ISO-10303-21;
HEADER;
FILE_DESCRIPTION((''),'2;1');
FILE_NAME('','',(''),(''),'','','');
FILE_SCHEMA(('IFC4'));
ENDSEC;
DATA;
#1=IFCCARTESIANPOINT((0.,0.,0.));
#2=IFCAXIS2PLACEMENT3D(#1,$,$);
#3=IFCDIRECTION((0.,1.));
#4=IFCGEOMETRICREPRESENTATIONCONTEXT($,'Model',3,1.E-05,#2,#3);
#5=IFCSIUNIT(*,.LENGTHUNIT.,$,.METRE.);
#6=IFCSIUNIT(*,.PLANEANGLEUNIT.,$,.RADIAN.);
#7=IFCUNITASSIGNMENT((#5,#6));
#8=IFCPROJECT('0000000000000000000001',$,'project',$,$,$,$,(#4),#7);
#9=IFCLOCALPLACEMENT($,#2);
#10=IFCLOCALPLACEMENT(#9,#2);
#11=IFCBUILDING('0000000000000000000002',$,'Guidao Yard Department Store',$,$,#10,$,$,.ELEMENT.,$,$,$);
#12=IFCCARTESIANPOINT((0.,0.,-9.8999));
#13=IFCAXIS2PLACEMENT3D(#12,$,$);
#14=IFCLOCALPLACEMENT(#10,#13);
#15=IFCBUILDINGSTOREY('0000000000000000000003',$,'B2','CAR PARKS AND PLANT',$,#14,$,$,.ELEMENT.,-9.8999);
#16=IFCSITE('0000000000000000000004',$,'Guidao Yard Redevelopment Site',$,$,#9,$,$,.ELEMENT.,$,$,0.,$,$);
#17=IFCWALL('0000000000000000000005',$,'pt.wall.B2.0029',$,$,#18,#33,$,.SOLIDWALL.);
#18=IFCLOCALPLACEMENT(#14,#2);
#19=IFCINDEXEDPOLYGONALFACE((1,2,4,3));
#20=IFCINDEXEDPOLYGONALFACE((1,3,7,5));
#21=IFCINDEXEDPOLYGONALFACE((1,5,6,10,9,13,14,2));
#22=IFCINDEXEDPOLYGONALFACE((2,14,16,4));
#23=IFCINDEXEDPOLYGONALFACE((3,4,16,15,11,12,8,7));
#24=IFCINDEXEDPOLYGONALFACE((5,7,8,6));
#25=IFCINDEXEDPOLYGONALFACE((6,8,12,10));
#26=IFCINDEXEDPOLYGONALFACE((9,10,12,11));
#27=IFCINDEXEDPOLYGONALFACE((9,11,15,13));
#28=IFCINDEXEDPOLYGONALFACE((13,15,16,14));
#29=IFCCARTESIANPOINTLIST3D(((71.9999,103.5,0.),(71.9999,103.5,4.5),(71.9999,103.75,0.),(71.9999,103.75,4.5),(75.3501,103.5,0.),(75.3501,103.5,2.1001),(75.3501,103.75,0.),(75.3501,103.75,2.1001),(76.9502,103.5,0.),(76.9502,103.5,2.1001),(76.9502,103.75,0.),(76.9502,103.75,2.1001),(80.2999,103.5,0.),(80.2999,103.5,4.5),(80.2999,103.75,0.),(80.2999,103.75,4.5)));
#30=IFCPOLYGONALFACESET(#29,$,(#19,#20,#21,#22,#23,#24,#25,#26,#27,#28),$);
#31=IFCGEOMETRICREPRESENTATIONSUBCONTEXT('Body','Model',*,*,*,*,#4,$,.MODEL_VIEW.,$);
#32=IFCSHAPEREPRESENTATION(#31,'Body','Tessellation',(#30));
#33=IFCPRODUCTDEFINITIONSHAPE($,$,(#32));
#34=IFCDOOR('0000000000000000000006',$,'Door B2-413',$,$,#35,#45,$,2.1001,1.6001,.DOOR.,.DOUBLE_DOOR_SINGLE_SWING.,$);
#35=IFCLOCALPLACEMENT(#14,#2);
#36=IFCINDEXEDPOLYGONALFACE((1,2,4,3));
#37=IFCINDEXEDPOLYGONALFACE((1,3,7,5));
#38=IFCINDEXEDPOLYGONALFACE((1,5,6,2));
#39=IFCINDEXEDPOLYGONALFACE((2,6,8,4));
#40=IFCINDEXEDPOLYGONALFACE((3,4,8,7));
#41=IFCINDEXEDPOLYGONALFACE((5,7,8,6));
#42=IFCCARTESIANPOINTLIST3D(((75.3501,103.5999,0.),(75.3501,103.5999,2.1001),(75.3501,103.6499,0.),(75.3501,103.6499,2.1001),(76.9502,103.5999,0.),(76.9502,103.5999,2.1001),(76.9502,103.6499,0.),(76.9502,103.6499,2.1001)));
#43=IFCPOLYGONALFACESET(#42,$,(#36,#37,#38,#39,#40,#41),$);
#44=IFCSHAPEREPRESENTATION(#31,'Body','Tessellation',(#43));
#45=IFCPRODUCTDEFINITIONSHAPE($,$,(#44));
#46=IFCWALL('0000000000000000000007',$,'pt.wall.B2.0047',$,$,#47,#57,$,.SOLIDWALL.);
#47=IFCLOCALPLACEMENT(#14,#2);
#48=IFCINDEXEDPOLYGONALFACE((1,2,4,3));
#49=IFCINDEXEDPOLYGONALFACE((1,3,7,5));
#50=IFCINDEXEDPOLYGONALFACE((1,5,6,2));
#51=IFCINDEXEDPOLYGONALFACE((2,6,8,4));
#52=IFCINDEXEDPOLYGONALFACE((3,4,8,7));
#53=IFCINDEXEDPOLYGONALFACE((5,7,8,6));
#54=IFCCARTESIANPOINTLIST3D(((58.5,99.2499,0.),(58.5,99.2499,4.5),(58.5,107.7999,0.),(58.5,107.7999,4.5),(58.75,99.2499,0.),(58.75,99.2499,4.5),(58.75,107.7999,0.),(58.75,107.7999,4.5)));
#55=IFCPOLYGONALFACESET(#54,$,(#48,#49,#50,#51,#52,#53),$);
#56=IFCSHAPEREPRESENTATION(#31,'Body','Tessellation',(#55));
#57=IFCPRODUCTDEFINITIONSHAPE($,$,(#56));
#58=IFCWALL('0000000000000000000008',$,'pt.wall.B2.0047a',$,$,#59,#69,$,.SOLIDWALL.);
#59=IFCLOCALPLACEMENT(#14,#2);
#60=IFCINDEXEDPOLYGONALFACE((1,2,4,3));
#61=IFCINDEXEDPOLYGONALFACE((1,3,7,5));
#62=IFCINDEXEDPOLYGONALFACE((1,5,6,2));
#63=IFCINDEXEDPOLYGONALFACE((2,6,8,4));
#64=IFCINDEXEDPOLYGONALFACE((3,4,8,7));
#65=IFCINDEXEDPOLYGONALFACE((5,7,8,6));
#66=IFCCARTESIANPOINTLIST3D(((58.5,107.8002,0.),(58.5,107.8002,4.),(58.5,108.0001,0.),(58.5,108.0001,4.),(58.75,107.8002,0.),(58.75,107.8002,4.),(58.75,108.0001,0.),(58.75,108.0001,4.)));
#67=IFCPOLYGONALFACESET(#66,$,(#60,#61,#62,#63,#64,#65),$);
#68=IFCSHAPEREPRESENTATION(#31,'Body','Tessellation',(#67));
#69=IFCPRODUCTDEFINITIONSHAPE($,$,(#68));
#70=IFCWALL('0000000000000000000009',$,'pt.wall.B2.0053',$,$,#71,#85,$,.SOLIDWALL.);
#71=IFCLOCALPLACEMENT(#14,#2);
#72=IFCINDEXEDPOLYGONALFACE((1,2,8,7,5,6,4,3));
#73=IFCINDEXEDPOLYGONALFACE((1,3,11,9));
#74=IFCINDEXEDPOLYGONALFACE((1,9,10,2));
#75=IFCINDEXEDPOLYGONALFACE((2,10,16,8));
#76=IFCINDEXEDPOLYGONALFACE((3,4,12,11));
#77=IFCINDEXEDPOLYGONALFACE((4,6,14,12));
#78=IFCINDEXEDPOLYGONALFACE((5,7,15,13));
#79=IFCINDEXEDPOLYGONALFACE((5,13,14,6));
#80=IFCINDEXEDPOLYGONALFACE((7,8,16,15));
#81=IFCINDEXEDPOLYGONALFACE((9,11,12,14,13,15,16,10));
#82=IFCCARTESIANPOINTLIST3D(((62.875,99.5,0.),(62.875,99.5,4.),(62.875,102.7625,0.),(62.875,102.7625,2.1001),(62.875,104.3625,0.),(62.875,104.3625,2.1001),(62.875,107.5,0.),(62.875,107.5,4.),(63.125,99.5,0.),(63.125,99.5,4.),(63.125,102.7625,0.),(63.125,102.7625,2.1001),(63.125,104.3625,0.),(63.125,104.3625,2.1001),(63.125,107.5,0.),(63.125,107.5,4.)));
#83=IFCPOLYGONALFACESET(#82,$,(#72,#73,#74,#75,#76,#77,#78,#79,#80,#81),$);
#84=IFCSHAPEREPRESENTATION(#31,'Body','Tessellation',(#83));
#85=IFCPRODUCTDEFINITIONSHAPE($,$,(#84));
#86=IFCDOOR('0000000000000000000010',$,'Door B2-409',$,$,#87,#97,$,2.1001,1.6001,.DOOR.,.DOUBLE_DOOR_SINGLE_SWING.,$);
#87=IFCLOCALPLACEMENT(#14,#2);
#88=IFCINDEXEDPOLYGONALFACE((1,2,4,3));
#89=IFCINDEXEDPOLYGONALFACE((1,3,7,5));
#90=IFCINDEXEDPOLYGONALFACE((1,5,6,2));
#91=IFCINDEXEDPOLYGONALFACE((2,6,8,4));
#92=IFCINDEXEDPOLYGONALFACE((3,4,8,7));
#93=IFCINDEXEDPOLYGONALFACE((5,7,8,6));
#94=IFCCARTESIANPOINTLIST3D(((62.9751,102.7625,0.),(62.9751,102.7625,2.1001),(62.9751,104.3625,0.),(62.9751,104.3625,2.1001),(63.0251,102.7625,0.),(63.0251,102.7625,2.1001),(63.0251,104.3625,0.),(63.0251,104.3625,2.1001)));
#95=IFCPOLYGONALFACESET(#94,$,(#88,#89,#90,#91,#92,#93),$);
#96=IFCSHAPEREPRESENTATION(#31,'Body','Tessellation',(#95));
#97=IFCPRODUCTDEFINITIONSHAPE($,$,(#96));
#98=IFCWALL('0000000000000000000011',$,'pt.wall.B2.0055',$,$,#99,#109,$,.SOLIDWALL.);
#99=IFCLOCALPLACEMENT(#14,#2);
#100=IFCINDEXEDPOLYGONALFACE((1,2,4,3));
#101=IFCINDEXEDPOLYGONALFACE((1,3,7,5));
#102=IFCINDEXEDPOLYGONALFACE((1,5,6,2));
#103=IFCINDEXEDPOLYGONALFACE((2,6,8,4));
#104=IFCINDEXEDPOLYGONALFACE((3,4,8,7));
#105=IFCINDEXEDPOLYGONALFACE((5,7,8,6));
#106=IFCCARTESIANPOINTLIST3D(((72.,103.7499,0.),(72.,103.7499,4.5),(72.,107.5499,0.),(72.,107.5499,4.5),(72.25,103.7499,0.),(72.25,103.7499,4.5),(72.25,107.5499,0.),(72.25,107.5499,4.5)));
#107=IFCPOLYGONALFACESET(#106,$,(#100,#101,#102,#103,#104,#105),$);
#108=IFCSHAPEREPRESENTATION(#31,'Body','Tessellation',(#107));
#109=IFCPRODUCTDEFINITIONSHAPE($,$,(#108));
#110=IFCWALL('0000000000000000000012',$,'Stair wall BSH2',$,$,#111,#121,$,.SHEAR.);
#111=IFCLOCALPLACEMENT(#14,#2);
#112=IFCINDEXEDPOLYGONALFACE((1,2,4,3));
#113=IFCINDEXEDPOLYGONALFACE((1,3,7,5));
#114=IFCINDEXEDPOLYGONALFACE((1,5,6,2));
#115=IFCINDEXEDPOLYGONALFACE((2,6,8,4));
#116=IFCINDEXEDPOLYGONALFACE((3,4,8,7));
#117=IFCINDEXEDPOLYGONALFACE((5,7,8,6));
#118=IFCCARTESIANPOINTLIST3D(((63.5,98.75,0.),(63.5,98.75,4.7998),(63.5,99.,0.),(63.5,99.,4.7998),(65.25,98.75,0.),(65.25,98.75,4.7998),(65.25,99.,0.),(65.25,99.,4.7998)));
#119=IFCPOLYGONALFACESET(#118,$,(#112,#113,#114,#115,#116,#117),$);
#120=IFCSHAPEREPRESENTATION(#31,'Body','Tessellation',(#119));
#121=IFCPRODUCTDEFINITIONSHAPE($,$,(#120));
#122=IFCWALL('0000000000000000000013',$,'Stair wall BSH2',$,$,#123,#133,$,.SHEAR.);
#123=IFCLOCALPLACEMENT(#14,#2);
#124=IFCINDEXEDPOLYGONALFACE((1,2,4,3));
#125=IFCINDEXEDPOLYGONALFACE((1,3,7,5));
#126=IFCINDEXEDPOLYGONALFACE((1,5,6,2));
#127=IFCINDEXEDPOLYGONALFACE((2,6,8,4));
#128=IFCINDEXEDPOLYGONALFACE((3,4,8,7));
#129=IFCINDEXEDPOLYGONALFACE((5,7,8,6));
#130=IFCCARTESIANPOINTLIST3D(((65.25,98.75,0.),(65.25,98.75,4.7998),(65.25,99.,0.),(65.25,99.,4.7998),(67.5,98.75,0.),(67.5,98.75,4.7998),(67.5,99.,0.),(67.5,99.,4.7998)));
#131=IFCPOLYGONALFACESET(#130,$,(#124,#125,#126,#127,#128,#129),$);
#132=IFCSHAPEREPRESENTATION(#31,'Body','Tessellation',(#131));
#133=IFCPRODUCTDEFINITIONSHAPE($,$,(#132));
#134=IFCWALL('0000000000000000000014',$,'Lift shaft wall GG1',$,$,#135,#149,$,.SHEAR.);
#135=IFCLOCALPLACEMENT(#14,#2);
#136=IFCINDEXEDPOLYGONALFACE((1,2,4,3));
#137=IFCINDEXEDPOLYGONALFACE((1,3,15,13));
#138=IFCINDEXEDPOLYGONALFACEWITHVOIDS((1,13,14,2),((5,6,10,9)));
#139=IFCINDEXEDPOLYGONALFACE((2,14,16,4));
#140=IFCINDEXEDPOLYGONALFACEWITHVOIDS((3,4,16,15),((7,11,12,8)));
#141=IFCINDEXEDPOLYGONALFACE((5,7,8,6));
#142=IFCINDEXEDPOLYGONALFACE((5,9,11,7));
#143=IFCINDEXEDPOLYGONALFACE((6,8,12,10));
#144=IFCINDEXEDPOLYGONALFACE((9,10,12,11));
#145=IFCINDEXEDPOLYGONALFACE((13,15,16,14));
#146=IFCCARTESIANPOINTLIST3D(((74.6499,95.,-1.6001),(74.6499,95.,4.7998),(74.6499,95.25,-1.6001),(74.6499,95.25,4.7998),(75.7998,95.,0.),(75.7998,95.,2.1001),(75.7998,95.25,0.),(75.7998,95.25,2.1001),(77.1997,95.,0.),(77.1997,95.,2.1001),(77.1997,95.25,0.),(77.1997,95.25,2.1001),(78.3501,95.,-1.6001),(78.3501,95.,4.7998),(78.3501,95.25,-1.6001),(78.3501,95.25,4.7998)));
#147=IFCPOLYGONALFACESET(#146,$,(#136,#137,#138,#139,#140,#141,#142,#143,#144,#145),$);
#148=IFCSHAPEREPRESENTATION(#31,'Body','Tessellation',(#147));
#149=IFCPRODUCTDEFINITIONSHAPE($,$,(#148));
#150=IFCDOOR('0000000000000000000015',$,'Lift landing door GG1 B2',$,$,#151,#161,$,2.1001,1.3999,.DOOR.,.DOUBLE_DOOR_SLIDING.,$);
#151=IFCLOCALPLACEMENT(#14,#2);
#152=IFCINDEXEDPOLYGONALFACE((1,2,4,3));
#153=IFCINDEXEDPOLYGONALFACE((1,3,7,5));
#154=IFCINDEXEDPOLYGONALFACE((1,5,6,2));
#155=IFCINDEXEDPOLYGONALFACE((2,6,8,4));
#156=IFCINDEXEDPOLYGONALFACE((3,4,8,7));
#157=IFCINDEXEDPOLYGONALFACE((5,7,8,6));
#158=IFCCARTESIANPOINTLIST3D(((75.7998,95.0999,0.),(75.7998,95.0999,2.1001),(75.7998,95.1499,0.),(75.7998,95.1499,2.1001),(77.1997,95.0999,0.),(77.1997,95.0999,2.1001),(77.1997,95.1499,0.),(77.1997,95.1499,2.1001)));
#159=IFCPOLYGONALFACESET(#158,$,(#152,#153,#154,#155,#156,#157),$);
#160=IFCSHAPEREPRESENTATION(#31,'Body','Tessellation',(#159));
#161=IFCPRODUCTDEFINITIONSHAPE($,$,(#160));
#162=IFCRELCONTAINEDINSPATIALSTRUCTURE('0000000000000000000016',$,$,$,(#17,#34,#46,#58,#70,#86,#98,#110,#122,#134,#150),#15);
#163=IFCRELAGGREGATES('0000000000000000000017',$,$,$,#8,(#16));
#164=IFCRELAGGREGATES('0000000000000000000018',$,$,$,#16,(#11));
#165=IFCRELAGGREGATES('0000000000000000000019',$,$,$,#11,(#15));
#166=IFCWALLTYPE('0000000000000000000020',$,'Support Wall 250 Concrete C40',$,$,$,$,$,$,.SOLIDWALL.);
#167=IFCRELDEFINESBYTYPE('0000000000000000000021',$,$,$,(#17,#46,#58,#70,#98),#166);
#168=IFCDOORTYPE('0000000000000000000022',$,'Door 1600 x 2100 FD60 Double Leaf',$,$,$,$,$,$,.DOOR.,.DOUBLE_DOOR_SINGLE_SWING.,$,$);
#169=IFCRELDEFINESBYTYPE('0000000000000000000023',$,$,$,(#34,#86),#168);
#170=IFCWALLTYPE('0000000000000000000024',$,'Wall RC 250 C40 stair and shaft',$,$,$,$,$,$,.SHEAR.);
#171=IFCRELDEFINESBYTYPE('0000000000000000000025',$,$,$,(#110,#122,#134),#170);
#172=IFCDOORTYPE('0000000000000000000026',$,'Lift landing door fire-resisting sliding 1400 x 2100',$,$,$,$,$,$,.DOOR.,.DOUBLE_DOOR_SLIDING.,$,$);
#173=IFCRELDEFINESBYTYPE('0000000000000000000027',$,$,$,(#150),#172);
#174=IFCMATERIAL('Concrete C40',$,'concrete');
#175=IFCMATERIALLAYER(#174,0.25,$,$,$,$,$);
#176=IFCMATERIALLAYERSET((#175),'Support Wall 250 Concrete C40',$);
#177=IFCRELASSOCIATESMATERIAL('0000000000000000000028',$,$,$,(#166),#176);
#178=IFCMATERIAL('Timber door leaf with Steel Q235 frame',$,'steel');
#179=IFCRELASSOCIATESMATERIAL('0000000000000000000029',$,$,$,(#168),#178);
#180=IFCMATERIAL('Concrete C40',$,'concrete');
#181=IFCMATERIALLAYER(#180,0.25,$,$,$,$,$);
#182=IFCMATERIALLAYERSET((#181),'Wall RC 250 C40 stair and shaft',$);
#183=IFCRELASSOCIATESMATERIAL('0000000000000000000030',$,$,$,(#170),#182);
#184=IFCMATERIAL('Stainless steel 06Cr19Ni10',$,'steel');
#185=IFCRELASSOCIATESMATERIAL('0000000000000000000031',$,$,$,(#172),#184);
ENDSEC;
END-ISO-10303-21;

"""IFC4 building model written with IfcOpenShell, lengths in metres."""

from ifc_helpers import new_model, si_unit, direction, frame, frame_2d, origin, place, context, subcontext, project, spatial, rectangle, extrude, material, layer, layer_set, type_object, element, fill, save


model = new_model("IFC4")

# Units and contexts
model_context = context("Model", 3, precision=1e-05, world=origin(), true_north=direction((0.0, 1.0)))
body_context = subcontext(model_context, "Body", "Model", "MODEL_VIEW")
ifc_project = project(units=[si_unit("LENGTHUNIT", "METRE"), si_unit("PLANEANGLEUNIT", "RADIAN")], contexts=[model_context])

# Site, building, storey
site_placement = place(None, origin())
site = spatial("IfcSite", under=ifc_project, at=site_placement, Name="Guidao Yard Redevelopment Site", CompositionType="ELEMENT", RefElevation=0.0)
building_placement = place(site_placement, origin())
building = spatial("IfcBuilding", under=site, at=building_placement, Name="Guidao Yard Department Store", CompositionType="ELEMENT")
storey_placement = place(building_placement, frame((0.0, 0.0, -9.8999)))
storey = spatial("IfcBuildingStorey", under=building, at=storey_placement, Name="B2", Description="CAR PARKS AND PLANT", CompositionType="ELEMENT", Elevation=-9.8999)

# Shared definitions
ifc_material_1 = material(Name="Concrete C40", Category="concrete")
ifc_layer_1 = layer(ifc_material_1, 0.25)
ifc_layer_set_1 = layer_set([ifc_layer_1], Name="Support Wall 250 Concrete C40")
wall_type_1 = type_object("IfcWallType", Name="Support Wall 250 Concrete C40", PredefinedType="SOLIDWALL", material=ifc_layer_set_1)

# Wall, opening, door
wall_1_placement = place(storey_placement, frame((72.0, 103.625, 0.0), z_axis=(0.0, 0.0, 1.0), x_axis=(1.0, 0.0, 0.0)))
wall_1 = element("IfcWall", 1, at=wall_1_placement, inside=storey, type_object=wall_type_1, Name="pt.wall.B2.0029", PredefinedType="SOLIDWALL", context=body_context, shape_type="SweptSolid", body=[
    extrude(rectangle(XDim=8.3, YDim=0.25, at=frame_2d((4.1499, 0.0))), origin(), (0.0, 0.0, 1.0), 4.5),
])
opening_1_placement = place(wall_1_placement, frame((3.3501, 0.0, 0.0)))
opening_1 = element("IfcOpeningElement", 2, at=opening_1_placement, cuts=wall_1, PredefinedType="OPENING", context=body_context, shape_type="SweptSolid", body=[
    extrude(rectangle(XDim=1.6001, YDim=2.1001, at=frame_2d((0.8, 1.05))), frame((0.0, 0.135, 0.0), z_axis=(0.0, -1.0, 0.0), x_axis=(1.0, 0.0, 0.0)), (0.0, 0.0, 1.0), 0.27),
])
ifc_material_2 = material(Name="Timber door leaf with Steel Q235 frame", Category="steel")
door_type_1 = type_object("IfcDoorType", Name="Door 1600 x 2100 FD60 Double Leaf", OperationType="DOUBLE_DOOR_SINGLE_SWING", PredefinedType="DOOR", material=ifc_material_2)
door_1_placement = place(opening_1_placement, origin())
door_1 = element("IfcDoor", 3, at=door_1_placement, inside=storey, type_object=door_type_1, Name="Door B2-413", OperationType="DOUBLE_DOOR_SINGLE_SWING", OverallHeight=2.1001, OverallWidth=1.6001, PredefinedType="DOOR", context=body_context, shape_type="SweptSolid", body=[
    extrude(rectangle(XDim=1.6001, YDim=2.1001, at=frame_2d((0.8, 1.05))), frame((0.0, 0.0249, 0.0), z_axis=(0.0, -1.0, 0.0), x_axis=(1.0, 0.0, 0.0)), (0.0, 0.0, 1.0), 0.05),
])
fill(opening_1, door_1)

# Walls
wall_2_placement = place(storey_placement, frame((58.625, 99.25, 0.0), z_axis=(0.0, 0.0, 1.0), x_axis=(0.0, 1.0, 0.0)))
element("IfcWall", 4, at=wall_2_placement, inside=storey, type_object=wall_type_1, Name="pt.wall.B2.0047", PredefinedType="SOLIDWALL", context=body_context, shape_type="SweptSolid", body=[
    extrude(rectangle(XDim=8.55, YDim=0.25, at=frame_2d((4.2749, 0.0))), origin(), (0.0, 0.0, 1.0), 4.5),
])
wall_3_placement = place(storey_placement, frame((58.625, 107.8, 0.0), z_axis=(0.0, 0.0, 1.0), x_axis=(0.0, 1.0, 0.0)))
element("IfcWall", 5, at=wall_3_placement, inside=storey, type_object=wall_type_1, Name="pt.wall.B2.0047a", PredefinedType="SOLIDWALL", context=body_context, shape_type="SweptSolid", body=[
    extrude(rectangle(XDim=0.2, YDim=0.25, at=frame_2d((0.1001, 0.0))), origin(), (0.0, 0.0, 1.0), 4.0),
])

# Wall, opening, door
wall_4_placement = place(storey_placement, frame((63.0, 99.5, 0.0), z_axis=(0.0, 0.0, 1.0), x_axis=(0.0, 1.0, 0.0)))
wall_4 = element("IfcWall", 6, at=wall_4_placement, inside=storey, type_object=wall_type_1, Name="pt.wall.B2.0053", PredefinedType="SOLIDWALL", context=body_context, shape_type="SweptSolid", body=[
    extrude(rectangle(XDim=8.0, YDim=0.25, at=frame_2d((4.0, 0.0))), origin(), (0.0, 0.0, 1.0), 4.0),
])
opening_2_placement = place(wall_4_placement, frame((3.2625, 0.0, 0.0)))
opening_2 = element("IfcOpeningElement", 7, at=opening_2_placement, cuts=wall_4, PredefinedType="OPENING", context=body_context, shape_type="SweptSolid", body=[
    extrude(rectangle(XDim=1.6001, YDim=2.1001, at=frame_2d((0.8, 1.05))), frame((0.0, 0.135, 0.0), z_axis=(0.0, -1.0, 0.0), x_axis=(1.0, 0.0, 0.0)), (0.0, 0.0, 1.0), 0.27),
])
door_2_placement = place(opening_2_placement, origin())
door_2 = element("IfcDoor", 8, at=door_2_placement, inside=storey, type_object=door_type_1, Name="Door B2-409", OperationType="DOUBLE_DOOR_SINGLE_SWING", OverallHeight=2.1001, OverallWidth=1.6001, PredefinedType="DOOR", context=body_context, shape_type="SweptSolid", body=[
    extrude(rectangle(XDim=1.6001, YDim=2.1001, at=frame_2d((0.8, 1.05))), frame((0.0, 0.0249, 0.0), z_axis=(0.0, -1.0, 0.0), x_axis=(1.0, 0.0, 0.0)), (0.0, 0.0, 1.0), 0.05),
])
fill(opening_2, door_2)

# Walls
wall_5_placement = place(storey_placement, frame((72.125, 103.75, 0.0), z_axis=(0.0, 0.0, 1.0), x_axis=(0.0, 1.0, 0.0)))
element("IfcWall", 9, at=wall_5_placement, inside=storey, type_object=wall_type_1, Name="pt.wall.B2.0055", PredefinedType="SOLIDWALL", context=body_context, shape_type="SweptSolid", body=[
    extrude(rectangle(XDim=3.8, YDim=0.25, at=frame_2d((1.8999, 0.0))), origin(), (0.0, 0.0, 1.0), 4.5),
])
ifc_material_3 = material(Name="Concrete C40", Category="concrete")
ifc_layer_2 = layer(ifc_material_3, 0.25)
ifc_layer_set_2 = layer_set([ifc_layer_2], Name="Wall RC 250 C40 stair and shaft")
wall_type_2 = type_object("IfcWallType", Name="Wall RC 250 C40 stair and shaft", PredefinedType="SHEAR", material=ifc_layer_set_2)
wall_6_placement = place(storey_placement, frame((63.5, 98.875, 0.0), z_axis=(0.0, 0.0, 1.0), x_axis=(1.0, 0.0, 0.0)))
element("IfcWall", 10, at=wall_6_placement, inside=storey, type_object=wall_type_2, Name="Stair wall BSH2", PredefinedType="SHEAR", context=body_context, shape_type="SweptSolid", body=[
    extrude(rectangle(XDim=1.75, YDim=0.25, at=frame_2d((0.875, 0.0))), origin(), (0.0, 0.0, 1.0), 4.7998),
])
wall_7_placement = place(storey_placement, frame((65.25, 98.875, 0.0), z_axis=(0.0, 0.0, 1.0), x_axis=(1.0, 0.0, 0.0)))
element("IfcWall", 11, at=wall_7_placement, inside=storey, type_object=wall_type_2, Name="Stair wall BSH2", PredefinedType="SHEAR", context=body_context, shape_type="SweptSolid", body=[
    extrude(rectangle(XDim=2.25, YDim=0.25, at=frame_2d((1.125, 0.0))), origin(), (0.0, 0.0, 1.0), 4.7998),
])

# Wall, opening, door
wall_8_placement = place(storey_placement, frame((74.6499, 95.125, -1.6001), z_axis=(0.0, 0.0, 1.0), x_axis=(1.0, 0.0, 0.0)))
wall_8 = element("IfcWall", 12, at=wall_8_placement, inside=storey, type_object=wall_type_2, Name="Lift shaft wall GG1", PredefinedType="SHEAR", context=body_context, shape_type="SweptSolid", body=[
    extrude(rectangle(XDim=3.7002, YDim=0.25, at=frame_2d((1.8501, 0.0))), origin(), (0.0, 0.0, 1.0), 6.3999),
])
opening_3_placement = place(wall_8_placement, frame((1.1499, 0.0, 1.6001)))
opening_3 = element("IfcOpeningElement", 13, at=opening_3_placement, cuts=wall_8, PredefinedType="OPENING", context=body_context, shape_type="SweptSolid", body=[
    extrude(rectangle(XDim=1.3999, YDim=2.1001, at=frame_2d((0.7, 1.05))), frame((0.0, 0.135, 0.0), z_axis=(0.0, -1.0, 0.0), x_axis=(1.0, 0.0, 0.0)), (0.0, 0.0, 1.0), 0.27),
])
ifc_material_4 = material(Name="Stainless steel 06Cr19Ni10", Category="steel")
door_type_2 = type_object("IfcDoorType", Name="Lift landing door fire-resisting sliding 1400 x 2100", OperationType="DOUBLE_DOOR_SLIDING", PredefinedType="DOOR", material=ifc_material_4)
door_3_placement = place(opening_3_placement, origin())
door_3 = element("IfcDoor", 14, at=door_3_placement, inside=storey, type_object=door_type_2, Name="Lift landing door GG1 B2", OperationType="DOUBLE_DOOR_SLIDING", OverallHeight=2.1001, OverallWidth=1.3999, PredefinedType="DOOR", context=body_context, shape_type="SweptSolid", body=[
    extrude(rectangle(XDim=1.3999, YDim=2.1001, at=frame_2d((0.7, 1.05))), frame((0.0, 0.0249, 0.0), z_axis=(0.0, -1.0, 0.0), x_axis=(1.0, 0.0, 0.0)), (0.0, 0.0, 1.0), 0.05),
])
fill(opening_3, door_3)

save(model, "model.ifc")
